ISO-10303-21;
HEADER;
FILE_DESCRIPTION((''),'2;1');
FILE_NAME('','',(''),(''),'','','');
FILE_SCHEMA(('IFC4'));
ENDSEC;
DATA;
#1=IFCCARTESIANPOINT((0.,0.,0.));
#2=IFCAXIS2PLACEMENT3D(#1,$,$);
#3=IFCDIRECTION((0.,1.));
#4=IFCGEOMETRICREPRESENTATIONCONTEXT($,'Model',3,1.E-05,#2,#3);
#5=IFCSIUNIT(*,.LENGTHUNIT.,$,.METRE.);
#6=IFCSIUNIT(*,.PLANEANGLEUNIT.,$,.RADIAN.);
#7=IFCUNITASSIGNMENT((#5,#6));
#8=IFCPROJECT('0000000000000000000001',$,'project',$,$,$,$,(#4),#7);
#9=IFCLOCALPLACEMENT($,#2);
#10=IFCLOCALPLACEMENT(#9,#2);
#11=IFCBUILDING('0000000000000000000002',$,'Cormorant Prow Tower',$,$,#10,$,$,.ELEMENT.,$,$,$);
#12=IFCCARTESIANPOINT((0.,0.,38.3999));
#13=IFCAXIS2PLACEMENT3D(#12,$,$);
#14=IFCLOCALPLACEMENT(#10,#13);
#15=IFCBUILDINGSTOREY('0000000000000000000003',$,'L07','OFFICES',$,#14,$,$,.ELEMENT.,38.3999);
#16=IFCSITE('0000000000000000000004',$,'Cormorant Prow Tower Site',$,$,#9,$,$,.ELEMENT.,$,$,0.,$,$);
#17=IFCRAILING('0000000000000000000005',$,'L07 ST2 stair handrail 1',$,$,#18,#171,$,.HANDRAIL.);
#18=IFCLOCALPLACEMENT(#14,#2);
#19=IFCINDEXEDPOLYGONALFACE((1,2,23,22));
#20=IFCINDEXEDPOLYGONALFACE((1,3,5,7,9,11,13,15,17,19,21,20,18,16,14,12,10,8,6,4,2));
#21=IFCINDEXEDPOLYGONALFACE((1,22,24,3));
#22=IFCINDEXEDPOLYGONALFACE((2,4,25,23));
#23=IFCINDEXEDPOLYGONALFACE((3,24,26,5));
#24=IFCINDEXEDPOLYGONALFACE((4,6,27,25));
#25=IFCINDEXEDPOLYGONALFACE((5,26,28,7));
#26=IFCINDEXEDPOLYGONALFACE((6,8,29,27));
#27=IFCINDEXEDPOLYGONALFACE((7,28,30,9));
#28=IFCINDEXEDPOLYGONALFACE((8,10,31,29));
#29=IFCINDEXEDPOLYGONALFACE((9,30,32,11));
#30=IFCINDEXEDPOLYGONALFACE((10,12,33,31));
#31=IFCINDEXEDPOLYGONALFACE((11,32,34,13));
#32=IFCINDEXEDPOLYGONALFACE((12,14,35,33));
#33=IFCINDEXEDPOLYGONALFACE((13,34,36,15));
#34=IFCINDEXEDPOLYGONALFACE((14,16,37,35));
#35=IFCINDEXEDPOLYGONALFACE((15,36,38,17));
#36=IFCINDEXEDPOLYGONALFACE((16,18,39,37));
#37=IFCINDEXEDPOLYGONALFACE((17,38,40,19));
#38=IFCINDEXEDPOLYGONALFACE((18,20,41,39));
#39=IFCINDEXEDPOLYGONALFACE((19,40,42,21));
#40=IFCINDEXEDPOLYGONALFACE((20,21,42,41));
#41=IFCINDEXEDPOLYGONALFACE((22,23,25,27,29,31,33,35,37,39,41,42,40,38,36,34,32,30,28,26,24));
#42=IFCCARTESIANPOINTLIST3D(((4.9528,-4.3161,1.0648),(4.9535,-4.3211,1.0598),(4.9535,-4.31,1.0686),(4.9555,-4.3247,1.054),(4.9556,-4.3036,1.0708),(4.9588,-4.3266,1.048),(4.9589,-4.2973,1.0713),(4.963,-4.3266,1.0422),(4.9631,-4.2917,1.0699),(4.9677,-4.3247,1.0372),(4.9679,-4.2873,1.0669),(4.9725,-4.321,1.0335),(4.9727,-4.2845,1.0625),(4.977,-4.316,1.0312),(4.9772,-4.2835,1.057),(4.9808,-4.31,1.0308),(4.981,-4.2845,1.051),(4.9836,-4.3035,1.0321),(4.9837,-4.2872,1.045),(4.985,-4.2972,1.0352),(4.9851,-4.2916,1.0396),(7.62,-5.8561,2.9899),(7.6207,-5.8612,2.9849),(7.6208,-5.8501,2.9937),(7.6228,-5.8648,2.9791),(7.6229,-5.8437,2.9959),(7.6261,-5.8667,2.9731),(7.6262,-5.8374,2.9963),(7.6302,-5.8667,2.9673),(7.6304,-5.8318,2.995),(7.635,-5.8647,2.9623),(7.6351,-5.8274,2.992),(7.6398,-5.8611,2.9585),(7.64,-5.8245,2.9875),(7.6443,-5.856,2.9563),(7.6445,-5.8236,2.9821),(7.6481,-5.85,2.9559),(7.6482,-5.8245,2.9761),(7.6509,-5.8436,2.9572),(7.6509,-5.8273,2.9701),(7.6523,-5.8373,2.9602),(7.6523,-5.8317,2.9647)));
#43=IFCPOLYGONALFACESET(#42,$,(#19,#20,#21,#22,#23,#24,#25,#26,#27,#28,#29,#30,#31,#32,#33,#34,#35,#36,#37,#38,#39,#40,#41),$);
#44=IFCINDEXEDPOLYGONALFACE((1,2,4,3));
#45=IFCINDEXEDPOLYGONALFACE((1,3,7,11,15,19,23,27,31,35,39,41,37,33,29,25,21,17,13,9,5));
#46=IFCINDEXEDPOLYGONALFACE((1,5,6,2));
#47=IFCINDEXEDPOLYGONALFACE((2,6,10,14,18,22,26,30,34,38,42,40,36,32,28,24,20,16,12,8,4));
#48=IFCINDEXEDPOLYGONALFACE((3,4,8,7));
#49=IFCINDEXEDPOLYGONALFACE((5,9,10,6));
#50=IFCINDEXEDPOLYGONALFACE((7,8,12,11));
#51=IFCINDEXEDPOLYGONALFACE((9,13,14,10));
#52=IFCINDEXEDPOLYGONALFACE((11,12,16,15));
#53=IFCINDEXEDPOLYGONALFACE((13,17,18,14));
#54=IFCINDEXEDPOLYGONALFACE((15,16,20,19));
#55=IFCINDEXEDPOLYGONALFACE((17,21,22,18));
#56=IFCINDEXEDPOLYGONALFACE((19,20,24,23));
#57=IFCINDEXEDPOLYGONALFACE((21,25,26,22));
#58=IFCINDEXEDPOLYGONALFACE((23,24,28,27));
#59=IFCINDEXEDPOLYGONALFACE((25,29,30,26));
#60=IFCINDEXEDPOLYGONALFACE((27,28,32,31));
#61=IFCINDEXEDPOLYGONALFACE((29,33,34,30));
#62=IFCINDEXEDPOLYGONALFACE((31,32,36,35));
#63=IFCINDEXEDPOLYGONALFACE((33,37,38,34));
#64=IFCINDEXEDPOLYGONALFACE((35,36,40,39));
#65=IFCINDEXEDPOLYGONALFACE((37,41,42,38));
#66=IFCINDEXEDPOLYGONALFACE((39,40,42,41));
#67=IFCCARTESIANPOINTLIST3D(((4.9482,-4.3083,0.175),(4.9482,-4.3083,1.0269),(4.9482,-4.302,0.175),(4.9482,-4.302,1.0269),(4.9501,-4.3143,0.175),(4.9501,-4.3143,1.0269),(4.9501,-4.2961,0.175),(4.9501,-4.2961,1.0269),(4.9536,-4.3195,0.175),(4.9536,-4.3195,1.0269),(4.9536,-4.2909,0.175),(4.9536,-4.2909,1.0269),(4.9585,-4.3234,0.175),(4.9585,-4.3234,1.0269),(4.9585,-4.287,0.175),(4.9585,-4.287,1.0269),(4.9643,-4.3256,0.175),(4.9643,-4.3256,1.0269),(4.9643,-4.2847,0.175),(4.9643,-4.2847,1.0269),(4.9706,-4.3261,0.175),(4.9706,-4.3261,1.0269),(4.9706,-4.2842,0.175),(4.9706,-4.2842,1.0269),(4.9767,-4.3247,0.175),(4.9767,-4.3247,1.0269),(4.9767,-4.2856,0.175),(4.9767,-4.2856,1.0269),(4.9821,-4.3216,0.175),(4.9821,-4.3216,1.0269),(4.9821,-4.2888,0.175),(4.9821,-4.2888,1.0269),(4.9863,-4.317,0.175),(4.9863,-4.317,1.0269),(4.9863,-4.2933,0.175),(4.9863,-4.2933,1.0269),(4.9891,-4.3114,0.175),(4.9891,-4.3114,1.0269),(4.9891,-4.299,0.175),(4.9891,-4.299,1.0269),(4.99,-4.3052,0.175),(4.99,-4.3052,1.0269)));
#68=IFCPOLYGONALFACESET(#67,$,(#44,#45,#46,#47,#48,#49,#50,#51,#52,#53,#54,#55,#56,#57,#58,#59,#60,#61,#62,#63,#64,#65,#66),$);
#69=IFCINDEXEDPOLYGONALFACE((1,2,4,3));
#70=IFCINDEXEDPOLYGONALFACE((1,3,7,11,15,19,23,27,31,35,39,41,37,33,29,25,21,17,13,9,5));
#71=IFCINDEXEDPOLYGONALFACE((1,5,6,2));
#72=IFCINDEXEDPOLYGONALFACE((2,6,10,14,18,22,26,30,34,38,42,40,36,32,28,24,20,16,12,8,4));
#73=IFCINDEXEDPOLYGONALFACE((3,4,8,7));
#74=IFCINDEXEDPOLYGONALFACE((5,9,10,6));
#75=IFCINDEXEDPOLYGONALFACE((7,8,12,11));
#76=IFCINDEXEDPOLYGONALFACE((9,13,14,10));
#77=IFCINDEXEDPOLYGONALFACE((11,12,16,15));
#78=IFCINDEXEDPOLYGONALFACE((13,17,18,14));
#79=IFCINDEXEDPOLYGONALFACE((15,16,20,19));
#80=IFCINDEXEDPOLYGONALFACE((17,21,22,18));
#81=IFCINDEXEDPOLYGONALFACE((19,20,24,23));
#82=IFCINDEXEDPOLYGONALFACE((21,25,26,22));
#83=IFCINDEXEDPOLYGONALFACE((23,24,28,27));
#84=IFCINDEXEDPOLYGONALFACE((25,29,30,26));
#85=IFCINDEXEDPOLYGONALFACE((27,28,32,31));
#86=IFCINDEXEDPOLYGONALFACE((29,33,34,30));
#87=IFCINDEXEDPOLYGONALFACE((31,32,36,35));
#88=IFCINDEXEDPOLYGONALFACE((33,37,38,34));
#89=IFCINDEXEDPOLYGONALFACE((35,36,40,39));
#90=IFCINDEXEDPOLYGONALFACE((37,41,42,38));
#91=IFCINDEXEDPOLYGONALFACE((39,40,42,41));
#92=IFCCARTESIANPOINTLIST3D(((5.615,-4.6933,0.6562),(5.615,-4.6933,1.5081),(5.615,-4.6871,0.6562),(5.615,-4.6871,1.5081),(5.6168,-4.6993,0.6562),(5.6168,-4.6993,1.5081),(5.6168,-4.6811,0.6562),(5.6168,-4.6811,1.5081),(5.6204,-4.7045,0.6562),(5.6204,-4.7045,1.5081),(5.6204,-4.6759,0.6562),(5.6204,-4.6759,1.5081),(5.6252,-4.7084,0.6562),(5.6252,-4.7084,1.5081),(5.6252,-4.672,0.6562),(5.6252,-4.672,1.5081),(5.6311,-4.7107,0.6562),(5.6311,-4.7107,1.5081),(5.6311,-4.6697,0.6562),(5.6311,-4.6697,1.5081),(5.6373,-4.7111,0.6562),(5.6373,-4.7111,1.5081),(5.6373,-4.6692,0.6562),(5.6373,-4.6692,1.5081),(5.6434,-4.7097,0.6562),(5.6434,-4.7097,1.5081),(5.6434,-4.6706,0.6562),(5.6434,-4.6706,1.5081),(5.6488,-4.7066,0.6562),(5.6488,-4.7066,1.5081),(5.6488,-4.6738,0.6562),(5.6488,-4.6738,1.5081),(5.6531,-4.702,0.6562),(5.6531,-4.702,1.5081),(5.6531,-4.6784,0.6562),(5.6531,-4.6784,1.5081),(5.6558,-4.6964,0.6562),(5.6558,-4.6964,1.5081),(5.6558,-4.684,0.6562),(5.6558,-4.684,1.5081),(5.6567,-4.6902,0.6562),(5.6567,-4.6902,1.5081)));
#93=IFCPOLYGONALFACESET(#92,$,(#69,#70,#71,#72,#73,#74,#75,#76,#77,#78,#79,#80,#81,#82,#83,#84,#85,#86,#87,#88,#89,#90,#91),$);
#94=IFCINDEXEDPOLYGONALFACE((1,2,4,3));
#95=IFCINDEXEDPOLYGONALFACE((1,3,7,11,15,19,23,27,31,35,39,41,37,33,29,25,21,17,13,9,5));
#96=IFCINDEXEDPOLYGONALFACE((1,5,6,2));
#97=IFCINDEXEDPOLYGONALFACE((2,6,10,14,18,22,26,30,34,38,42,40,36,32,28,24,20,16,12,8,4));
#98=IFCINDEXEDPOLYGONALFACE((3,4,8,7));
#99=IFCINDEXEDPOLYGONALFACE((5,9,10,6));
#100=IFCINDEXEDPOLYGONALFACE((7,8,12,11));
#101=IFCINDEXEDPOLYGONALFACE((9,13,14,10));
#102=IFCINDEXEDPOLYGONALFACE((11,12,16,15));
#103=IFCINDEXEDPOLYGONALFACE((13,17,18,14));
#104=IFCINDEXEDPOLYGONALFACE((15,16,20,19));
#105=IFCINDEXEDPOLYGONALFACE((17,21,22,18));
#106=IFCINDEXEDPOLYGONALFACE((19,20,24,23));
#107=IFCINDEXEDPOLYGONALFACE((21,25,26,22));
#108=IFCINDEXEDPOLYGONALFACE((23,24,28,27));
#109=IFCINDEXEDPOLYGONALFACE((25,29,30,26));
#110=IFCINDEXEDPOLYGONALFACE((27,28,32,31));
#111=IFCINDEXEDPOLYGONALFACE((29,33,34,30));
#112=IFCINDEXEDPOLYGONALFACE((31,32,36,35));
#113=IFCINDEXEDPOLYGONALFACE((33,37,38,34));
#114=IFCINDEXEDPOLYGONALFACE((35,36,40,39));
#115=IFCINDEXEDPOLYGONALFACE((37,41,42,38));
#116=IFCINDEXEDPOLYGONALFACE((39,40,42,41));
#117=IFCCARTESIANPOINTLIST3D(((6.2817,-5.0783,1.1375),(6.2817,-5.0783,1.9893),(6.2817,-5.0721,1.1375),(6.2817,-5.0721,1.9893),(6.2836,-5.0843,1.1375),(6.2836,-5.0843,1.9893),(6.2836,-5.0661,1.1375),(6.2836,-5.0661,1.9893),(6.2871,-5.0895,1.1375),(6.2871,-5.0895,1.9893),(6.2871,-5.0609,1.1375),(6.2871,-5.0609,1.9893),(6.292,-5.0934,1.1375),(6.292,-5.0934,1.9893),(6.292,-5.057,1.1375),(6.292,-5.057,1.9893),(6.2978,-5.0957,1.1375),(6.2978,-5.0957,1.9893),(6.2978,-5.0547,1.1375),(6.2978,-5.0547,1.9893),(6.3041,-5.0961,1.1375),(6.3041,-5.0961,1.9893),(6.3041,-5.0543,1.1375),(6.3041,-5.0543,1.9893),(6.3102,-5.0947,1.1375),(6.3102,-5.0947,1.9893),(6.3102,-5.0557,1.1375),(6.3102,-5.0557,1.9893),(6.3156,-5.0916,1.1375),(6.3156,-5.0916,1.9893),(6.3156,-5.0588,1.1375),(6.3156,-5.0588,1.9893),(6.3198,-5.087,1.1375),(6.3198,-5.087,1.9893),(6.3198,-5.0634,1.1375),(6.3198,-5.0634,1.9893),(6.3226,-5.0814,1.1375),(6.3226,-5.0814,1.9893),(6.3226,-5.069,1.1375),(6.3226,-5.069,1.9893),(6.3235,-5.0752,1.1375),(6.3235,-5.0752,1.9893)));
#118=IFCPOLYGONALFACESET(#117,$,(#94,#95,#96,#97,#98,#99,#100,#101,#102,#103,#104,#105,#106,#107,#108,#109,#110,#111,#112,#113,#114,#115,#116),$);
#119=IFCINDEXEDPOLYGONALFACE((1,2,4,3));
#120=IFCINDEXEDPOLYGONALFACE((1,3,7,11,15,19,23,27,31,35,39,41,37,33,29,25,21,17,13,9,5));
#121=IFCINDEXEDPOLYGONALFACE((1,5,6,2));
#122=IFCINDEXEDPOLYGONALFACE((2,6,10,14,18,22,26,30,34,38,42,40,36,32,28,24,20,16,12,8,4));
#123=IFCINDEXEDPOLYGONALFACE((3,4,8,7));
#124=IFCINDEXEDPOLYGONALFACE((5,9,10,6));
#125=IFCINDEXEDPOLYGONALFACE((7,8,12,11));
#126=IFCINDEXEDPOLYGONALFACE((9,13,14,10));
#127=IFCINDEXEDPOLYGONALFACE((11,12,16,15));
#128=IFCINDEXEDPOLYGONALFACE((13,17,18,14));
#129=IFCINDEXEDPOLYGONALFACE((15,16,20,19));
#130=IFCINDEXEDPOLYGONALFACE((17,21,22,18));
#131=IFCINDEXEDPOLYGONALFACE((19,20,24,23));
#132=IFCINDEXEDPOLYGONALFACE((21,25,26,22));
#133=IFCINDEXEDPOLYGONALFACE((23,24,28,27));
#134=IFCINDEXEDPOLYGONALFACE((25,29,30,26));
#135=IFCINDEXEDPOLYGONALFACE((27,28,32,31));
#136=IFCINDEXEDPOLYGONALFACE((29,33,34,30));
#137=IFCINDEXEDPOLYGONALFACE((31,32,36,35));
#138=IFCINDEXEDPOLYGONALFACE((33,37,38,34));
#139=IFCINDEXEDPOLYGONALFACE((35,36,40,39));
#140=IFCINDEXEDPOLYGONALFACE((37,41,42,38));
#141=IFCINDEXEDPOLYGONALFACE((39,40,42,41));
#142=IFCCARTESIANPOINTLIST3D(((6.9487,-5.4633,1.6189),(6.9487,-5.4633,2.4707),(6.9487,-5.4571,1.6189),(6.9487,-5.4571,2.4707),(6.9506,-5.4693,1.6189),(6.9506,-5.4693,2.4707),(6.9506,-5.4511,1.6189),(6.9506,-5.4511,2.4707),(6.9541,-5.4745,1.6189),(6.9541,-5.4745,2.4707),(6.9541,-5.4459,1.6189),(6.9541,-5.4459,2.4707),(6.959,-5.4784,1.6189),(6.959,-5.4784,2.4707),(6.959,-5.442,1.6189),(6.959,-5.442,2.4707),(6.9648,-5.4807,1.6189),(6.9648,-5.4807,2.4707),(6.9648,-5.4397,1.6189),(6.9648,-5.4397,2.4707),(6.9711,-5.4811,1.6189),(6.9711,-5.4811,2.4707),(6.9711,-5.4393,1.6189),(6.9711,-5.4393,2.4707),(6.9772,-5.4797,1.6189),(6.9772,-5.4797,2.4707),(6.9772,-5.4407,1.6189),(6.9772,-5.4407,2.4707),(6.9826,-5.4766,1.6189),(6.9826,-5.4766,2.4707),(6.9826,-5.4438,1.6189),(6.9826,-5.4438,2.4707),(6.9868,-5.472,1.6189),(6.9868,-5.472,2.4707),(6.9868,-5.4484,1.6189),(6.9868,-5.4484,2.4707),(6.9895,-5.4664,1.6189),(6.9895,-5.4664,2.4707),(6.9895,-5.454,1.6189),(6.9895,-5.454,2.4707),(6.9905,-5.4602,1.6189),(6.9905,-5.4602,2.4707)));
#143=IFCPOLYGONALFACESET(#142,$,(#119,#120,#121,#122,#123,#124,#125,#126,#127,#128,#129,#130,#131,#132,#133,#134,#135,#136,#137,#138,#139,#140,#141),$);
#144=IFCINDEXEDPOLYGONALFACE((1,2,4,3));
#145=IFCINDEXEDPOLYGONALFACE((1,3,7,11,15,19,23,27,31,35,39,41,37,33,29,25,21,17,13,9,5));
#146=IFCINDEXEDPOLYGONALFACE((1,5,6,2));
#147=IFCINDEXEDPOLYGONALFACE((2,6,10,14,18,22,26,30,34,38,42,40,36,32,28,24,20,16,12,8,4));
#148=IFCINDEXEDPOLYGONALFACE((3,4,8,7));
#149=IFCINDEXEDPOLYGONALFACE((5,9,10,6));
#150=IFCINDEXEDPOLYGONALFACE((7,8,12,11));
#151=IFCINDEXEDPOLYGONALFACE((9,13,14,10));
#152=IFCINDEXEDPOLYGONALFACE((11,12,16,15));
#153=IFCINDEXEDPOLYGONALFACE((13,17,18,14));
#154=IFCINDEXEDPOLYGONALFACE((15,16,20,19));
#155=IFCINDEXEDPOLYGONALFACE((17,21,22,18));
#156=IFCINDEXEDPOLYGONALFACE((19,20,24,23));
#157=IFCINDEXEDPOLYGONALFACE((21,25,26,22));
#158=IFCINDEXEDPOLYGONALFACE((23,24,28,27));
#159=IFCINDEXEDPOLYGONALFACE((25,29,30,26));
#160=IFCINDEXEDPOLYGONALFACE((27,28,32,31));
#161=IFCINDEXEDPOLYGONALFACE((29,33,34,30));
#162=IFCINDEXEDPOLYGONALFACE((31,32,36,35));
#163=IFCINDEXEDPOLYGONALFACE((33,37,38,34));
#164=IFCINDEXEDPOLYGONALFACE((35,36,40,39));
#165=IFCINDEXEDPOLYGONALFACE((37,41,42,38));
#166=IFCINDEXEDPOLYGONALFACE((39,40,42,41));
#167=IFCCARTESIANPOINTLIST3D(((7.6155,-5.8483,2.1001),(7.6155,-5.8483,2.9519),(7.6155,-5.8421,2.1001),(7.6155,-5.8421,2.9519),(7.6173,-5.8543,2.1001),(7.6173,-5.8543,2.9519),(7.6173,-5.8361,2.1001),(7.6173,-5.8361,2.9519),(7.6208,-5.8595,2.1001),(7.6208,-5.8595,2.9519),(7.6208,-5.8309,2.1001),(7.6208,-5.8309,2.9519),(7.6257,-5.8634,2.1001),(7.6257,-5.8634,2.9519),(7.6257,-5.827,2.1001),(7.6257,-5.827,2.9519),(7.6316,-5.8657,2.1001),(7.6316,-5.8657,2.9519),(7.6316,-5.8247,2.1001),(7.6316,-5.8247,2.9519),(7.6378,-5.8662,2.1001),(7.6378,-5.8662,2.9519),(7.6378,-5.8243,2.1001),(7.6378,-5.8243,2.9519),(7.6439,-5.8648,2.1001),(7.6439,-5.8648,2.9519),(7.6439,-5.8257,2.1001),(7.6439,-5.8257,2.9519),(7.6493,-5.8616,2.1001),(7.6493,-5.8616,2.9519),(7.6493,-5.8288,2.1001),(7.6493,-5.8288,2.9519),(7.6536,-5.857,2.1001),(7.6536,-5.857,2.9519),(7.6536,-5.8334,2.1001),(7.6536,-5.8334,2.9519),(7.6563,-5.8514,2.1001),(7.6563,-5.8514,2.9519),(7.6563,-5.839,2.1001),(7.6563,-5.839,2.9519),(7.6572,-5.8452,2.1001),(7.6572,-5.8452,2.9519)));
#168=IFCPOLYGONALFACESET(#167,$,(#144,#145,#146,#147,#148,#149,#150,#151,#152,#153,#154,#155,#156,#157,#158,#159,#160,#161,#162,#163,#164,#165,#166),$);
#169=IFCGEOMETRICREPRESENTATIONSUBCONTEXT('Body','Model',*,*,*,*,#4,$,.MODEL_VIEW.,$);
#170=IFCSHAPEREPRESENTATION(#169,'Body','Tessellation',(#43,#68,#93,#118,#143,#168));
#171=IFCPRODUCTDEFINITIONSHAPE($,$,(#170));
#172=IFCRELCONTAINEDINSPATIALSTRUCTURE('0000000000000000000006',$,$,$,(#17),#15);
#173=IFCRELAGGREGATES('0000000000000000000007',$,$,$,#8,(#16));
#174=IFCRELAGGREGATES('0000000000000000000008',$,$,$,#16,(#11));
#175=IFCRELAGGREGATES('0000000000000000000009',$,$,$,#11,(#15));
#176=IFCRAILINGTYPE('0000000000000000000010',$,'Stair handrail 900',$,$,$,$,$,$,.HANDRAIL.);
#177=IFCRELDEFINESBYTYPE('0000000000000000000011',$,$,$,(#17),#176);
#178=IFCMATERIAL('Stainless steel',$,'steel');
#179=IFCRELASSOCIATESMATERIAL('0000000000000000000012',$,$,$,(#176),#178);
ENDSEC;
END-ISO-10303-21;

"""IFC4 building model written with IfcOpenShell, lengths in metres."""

from ifc_helpers import new_model, si_unit, direction, frame, origin, origin_2d, place, context, subcontext, project, spatial, circle, extrude, material, type_object, element, save


model = new_model("IFC4")

# Units and contexts
model_context = context("Model", 3, precision=1e-05, world=origin(), true_north=direction((0.0, 1.0)))
body_context = subcontext(model_context, "Body", "Model", "MODEL_VIEW")
ifc_project = project(units=[si_unit("LENGTHUNIT", "METRE"), si_unit("PLANEANGLEUNIT", "RADIAN")], contexts=[model_context])

# Site, building, storey
site_placement = place(None, origin())
site = spatial("IfcSite", under=ifc_project, at=site_placement, Name="Cormorant Prow Tower Site", CompositionType="ELEMENT", RefElevation=0.0)
building_placement = place(site_placement, origin())
building = spatial("IfcBuilding", under=site, at=building_placement, Name="Cormorant Prow Tower", CompositionType="ELEMENT")
storey_placement = place(building_placement, frame((0.0, 0.0, 38.3999)))
storey = spatial("IfcBuildingStorey", under=building, at=storey_placement, Name="L07", Description="OFFICES", CompositionType="ELEMENT", Elevation=38.3999)

# Railing
ifc_material_1 = material(Name="Stainless steel", Category="steel")
railing_type_1 = type_object("IfcRailingType", Name="Stair handrail 900", PredefinedType="HANDRAIL", material=ifc_material_1)
railing_1_placement = place(storey_placement, frame((4.969, -4.3052, 0.175)))
element("IfcRailing", 1, at=railing_1_placement, inside=storey, type_object=railing_type_1, Name="L07 ST2 stair handrail 1", PredefinedType="HANDRAIL", context=body_context, shape_type="SweptSolid", body=[
    extrude(circle(Radius=0.0239, at=origin_2d()), frame((0.0, 0.0, 0.876), z_axis=(0.734364, -0.424015, 0.530019), x_axis=(0.500027, 0.86601, 0.0)), (0.0, 0.0, 1.0), 3.6321),
    extrude(circle(Radius=0.021, at=origin_2d()), origin(), (0.0, 0.0, 1.0), 0.8518),
    extrude(circle(Radius=0.021, at=origin_2d()), frame((0.6667, -0.385, 0.4812)), (0.0, 0.0, 1.0), 0.8518),
    extrude(circle(Radius=0.021, at=origin_2d()), frame((1.3335, -0.77, 0.9624)), (0.0, 0.0, 1.0), 0.8518),
    extrude(circle(Radius=0.021, at=origin_2d()), frame((2.0005, -1.155, 1.4438)), (0.0, 0.0, 1.0), 0.8518),
    extrude(circle(Radius=0.021, at=origin_2d()), frame((2.6672, -1.54, 1.925)), (0.0, 0.0, 1.0), 0.8518),
])

save(model, "model.ifc")
